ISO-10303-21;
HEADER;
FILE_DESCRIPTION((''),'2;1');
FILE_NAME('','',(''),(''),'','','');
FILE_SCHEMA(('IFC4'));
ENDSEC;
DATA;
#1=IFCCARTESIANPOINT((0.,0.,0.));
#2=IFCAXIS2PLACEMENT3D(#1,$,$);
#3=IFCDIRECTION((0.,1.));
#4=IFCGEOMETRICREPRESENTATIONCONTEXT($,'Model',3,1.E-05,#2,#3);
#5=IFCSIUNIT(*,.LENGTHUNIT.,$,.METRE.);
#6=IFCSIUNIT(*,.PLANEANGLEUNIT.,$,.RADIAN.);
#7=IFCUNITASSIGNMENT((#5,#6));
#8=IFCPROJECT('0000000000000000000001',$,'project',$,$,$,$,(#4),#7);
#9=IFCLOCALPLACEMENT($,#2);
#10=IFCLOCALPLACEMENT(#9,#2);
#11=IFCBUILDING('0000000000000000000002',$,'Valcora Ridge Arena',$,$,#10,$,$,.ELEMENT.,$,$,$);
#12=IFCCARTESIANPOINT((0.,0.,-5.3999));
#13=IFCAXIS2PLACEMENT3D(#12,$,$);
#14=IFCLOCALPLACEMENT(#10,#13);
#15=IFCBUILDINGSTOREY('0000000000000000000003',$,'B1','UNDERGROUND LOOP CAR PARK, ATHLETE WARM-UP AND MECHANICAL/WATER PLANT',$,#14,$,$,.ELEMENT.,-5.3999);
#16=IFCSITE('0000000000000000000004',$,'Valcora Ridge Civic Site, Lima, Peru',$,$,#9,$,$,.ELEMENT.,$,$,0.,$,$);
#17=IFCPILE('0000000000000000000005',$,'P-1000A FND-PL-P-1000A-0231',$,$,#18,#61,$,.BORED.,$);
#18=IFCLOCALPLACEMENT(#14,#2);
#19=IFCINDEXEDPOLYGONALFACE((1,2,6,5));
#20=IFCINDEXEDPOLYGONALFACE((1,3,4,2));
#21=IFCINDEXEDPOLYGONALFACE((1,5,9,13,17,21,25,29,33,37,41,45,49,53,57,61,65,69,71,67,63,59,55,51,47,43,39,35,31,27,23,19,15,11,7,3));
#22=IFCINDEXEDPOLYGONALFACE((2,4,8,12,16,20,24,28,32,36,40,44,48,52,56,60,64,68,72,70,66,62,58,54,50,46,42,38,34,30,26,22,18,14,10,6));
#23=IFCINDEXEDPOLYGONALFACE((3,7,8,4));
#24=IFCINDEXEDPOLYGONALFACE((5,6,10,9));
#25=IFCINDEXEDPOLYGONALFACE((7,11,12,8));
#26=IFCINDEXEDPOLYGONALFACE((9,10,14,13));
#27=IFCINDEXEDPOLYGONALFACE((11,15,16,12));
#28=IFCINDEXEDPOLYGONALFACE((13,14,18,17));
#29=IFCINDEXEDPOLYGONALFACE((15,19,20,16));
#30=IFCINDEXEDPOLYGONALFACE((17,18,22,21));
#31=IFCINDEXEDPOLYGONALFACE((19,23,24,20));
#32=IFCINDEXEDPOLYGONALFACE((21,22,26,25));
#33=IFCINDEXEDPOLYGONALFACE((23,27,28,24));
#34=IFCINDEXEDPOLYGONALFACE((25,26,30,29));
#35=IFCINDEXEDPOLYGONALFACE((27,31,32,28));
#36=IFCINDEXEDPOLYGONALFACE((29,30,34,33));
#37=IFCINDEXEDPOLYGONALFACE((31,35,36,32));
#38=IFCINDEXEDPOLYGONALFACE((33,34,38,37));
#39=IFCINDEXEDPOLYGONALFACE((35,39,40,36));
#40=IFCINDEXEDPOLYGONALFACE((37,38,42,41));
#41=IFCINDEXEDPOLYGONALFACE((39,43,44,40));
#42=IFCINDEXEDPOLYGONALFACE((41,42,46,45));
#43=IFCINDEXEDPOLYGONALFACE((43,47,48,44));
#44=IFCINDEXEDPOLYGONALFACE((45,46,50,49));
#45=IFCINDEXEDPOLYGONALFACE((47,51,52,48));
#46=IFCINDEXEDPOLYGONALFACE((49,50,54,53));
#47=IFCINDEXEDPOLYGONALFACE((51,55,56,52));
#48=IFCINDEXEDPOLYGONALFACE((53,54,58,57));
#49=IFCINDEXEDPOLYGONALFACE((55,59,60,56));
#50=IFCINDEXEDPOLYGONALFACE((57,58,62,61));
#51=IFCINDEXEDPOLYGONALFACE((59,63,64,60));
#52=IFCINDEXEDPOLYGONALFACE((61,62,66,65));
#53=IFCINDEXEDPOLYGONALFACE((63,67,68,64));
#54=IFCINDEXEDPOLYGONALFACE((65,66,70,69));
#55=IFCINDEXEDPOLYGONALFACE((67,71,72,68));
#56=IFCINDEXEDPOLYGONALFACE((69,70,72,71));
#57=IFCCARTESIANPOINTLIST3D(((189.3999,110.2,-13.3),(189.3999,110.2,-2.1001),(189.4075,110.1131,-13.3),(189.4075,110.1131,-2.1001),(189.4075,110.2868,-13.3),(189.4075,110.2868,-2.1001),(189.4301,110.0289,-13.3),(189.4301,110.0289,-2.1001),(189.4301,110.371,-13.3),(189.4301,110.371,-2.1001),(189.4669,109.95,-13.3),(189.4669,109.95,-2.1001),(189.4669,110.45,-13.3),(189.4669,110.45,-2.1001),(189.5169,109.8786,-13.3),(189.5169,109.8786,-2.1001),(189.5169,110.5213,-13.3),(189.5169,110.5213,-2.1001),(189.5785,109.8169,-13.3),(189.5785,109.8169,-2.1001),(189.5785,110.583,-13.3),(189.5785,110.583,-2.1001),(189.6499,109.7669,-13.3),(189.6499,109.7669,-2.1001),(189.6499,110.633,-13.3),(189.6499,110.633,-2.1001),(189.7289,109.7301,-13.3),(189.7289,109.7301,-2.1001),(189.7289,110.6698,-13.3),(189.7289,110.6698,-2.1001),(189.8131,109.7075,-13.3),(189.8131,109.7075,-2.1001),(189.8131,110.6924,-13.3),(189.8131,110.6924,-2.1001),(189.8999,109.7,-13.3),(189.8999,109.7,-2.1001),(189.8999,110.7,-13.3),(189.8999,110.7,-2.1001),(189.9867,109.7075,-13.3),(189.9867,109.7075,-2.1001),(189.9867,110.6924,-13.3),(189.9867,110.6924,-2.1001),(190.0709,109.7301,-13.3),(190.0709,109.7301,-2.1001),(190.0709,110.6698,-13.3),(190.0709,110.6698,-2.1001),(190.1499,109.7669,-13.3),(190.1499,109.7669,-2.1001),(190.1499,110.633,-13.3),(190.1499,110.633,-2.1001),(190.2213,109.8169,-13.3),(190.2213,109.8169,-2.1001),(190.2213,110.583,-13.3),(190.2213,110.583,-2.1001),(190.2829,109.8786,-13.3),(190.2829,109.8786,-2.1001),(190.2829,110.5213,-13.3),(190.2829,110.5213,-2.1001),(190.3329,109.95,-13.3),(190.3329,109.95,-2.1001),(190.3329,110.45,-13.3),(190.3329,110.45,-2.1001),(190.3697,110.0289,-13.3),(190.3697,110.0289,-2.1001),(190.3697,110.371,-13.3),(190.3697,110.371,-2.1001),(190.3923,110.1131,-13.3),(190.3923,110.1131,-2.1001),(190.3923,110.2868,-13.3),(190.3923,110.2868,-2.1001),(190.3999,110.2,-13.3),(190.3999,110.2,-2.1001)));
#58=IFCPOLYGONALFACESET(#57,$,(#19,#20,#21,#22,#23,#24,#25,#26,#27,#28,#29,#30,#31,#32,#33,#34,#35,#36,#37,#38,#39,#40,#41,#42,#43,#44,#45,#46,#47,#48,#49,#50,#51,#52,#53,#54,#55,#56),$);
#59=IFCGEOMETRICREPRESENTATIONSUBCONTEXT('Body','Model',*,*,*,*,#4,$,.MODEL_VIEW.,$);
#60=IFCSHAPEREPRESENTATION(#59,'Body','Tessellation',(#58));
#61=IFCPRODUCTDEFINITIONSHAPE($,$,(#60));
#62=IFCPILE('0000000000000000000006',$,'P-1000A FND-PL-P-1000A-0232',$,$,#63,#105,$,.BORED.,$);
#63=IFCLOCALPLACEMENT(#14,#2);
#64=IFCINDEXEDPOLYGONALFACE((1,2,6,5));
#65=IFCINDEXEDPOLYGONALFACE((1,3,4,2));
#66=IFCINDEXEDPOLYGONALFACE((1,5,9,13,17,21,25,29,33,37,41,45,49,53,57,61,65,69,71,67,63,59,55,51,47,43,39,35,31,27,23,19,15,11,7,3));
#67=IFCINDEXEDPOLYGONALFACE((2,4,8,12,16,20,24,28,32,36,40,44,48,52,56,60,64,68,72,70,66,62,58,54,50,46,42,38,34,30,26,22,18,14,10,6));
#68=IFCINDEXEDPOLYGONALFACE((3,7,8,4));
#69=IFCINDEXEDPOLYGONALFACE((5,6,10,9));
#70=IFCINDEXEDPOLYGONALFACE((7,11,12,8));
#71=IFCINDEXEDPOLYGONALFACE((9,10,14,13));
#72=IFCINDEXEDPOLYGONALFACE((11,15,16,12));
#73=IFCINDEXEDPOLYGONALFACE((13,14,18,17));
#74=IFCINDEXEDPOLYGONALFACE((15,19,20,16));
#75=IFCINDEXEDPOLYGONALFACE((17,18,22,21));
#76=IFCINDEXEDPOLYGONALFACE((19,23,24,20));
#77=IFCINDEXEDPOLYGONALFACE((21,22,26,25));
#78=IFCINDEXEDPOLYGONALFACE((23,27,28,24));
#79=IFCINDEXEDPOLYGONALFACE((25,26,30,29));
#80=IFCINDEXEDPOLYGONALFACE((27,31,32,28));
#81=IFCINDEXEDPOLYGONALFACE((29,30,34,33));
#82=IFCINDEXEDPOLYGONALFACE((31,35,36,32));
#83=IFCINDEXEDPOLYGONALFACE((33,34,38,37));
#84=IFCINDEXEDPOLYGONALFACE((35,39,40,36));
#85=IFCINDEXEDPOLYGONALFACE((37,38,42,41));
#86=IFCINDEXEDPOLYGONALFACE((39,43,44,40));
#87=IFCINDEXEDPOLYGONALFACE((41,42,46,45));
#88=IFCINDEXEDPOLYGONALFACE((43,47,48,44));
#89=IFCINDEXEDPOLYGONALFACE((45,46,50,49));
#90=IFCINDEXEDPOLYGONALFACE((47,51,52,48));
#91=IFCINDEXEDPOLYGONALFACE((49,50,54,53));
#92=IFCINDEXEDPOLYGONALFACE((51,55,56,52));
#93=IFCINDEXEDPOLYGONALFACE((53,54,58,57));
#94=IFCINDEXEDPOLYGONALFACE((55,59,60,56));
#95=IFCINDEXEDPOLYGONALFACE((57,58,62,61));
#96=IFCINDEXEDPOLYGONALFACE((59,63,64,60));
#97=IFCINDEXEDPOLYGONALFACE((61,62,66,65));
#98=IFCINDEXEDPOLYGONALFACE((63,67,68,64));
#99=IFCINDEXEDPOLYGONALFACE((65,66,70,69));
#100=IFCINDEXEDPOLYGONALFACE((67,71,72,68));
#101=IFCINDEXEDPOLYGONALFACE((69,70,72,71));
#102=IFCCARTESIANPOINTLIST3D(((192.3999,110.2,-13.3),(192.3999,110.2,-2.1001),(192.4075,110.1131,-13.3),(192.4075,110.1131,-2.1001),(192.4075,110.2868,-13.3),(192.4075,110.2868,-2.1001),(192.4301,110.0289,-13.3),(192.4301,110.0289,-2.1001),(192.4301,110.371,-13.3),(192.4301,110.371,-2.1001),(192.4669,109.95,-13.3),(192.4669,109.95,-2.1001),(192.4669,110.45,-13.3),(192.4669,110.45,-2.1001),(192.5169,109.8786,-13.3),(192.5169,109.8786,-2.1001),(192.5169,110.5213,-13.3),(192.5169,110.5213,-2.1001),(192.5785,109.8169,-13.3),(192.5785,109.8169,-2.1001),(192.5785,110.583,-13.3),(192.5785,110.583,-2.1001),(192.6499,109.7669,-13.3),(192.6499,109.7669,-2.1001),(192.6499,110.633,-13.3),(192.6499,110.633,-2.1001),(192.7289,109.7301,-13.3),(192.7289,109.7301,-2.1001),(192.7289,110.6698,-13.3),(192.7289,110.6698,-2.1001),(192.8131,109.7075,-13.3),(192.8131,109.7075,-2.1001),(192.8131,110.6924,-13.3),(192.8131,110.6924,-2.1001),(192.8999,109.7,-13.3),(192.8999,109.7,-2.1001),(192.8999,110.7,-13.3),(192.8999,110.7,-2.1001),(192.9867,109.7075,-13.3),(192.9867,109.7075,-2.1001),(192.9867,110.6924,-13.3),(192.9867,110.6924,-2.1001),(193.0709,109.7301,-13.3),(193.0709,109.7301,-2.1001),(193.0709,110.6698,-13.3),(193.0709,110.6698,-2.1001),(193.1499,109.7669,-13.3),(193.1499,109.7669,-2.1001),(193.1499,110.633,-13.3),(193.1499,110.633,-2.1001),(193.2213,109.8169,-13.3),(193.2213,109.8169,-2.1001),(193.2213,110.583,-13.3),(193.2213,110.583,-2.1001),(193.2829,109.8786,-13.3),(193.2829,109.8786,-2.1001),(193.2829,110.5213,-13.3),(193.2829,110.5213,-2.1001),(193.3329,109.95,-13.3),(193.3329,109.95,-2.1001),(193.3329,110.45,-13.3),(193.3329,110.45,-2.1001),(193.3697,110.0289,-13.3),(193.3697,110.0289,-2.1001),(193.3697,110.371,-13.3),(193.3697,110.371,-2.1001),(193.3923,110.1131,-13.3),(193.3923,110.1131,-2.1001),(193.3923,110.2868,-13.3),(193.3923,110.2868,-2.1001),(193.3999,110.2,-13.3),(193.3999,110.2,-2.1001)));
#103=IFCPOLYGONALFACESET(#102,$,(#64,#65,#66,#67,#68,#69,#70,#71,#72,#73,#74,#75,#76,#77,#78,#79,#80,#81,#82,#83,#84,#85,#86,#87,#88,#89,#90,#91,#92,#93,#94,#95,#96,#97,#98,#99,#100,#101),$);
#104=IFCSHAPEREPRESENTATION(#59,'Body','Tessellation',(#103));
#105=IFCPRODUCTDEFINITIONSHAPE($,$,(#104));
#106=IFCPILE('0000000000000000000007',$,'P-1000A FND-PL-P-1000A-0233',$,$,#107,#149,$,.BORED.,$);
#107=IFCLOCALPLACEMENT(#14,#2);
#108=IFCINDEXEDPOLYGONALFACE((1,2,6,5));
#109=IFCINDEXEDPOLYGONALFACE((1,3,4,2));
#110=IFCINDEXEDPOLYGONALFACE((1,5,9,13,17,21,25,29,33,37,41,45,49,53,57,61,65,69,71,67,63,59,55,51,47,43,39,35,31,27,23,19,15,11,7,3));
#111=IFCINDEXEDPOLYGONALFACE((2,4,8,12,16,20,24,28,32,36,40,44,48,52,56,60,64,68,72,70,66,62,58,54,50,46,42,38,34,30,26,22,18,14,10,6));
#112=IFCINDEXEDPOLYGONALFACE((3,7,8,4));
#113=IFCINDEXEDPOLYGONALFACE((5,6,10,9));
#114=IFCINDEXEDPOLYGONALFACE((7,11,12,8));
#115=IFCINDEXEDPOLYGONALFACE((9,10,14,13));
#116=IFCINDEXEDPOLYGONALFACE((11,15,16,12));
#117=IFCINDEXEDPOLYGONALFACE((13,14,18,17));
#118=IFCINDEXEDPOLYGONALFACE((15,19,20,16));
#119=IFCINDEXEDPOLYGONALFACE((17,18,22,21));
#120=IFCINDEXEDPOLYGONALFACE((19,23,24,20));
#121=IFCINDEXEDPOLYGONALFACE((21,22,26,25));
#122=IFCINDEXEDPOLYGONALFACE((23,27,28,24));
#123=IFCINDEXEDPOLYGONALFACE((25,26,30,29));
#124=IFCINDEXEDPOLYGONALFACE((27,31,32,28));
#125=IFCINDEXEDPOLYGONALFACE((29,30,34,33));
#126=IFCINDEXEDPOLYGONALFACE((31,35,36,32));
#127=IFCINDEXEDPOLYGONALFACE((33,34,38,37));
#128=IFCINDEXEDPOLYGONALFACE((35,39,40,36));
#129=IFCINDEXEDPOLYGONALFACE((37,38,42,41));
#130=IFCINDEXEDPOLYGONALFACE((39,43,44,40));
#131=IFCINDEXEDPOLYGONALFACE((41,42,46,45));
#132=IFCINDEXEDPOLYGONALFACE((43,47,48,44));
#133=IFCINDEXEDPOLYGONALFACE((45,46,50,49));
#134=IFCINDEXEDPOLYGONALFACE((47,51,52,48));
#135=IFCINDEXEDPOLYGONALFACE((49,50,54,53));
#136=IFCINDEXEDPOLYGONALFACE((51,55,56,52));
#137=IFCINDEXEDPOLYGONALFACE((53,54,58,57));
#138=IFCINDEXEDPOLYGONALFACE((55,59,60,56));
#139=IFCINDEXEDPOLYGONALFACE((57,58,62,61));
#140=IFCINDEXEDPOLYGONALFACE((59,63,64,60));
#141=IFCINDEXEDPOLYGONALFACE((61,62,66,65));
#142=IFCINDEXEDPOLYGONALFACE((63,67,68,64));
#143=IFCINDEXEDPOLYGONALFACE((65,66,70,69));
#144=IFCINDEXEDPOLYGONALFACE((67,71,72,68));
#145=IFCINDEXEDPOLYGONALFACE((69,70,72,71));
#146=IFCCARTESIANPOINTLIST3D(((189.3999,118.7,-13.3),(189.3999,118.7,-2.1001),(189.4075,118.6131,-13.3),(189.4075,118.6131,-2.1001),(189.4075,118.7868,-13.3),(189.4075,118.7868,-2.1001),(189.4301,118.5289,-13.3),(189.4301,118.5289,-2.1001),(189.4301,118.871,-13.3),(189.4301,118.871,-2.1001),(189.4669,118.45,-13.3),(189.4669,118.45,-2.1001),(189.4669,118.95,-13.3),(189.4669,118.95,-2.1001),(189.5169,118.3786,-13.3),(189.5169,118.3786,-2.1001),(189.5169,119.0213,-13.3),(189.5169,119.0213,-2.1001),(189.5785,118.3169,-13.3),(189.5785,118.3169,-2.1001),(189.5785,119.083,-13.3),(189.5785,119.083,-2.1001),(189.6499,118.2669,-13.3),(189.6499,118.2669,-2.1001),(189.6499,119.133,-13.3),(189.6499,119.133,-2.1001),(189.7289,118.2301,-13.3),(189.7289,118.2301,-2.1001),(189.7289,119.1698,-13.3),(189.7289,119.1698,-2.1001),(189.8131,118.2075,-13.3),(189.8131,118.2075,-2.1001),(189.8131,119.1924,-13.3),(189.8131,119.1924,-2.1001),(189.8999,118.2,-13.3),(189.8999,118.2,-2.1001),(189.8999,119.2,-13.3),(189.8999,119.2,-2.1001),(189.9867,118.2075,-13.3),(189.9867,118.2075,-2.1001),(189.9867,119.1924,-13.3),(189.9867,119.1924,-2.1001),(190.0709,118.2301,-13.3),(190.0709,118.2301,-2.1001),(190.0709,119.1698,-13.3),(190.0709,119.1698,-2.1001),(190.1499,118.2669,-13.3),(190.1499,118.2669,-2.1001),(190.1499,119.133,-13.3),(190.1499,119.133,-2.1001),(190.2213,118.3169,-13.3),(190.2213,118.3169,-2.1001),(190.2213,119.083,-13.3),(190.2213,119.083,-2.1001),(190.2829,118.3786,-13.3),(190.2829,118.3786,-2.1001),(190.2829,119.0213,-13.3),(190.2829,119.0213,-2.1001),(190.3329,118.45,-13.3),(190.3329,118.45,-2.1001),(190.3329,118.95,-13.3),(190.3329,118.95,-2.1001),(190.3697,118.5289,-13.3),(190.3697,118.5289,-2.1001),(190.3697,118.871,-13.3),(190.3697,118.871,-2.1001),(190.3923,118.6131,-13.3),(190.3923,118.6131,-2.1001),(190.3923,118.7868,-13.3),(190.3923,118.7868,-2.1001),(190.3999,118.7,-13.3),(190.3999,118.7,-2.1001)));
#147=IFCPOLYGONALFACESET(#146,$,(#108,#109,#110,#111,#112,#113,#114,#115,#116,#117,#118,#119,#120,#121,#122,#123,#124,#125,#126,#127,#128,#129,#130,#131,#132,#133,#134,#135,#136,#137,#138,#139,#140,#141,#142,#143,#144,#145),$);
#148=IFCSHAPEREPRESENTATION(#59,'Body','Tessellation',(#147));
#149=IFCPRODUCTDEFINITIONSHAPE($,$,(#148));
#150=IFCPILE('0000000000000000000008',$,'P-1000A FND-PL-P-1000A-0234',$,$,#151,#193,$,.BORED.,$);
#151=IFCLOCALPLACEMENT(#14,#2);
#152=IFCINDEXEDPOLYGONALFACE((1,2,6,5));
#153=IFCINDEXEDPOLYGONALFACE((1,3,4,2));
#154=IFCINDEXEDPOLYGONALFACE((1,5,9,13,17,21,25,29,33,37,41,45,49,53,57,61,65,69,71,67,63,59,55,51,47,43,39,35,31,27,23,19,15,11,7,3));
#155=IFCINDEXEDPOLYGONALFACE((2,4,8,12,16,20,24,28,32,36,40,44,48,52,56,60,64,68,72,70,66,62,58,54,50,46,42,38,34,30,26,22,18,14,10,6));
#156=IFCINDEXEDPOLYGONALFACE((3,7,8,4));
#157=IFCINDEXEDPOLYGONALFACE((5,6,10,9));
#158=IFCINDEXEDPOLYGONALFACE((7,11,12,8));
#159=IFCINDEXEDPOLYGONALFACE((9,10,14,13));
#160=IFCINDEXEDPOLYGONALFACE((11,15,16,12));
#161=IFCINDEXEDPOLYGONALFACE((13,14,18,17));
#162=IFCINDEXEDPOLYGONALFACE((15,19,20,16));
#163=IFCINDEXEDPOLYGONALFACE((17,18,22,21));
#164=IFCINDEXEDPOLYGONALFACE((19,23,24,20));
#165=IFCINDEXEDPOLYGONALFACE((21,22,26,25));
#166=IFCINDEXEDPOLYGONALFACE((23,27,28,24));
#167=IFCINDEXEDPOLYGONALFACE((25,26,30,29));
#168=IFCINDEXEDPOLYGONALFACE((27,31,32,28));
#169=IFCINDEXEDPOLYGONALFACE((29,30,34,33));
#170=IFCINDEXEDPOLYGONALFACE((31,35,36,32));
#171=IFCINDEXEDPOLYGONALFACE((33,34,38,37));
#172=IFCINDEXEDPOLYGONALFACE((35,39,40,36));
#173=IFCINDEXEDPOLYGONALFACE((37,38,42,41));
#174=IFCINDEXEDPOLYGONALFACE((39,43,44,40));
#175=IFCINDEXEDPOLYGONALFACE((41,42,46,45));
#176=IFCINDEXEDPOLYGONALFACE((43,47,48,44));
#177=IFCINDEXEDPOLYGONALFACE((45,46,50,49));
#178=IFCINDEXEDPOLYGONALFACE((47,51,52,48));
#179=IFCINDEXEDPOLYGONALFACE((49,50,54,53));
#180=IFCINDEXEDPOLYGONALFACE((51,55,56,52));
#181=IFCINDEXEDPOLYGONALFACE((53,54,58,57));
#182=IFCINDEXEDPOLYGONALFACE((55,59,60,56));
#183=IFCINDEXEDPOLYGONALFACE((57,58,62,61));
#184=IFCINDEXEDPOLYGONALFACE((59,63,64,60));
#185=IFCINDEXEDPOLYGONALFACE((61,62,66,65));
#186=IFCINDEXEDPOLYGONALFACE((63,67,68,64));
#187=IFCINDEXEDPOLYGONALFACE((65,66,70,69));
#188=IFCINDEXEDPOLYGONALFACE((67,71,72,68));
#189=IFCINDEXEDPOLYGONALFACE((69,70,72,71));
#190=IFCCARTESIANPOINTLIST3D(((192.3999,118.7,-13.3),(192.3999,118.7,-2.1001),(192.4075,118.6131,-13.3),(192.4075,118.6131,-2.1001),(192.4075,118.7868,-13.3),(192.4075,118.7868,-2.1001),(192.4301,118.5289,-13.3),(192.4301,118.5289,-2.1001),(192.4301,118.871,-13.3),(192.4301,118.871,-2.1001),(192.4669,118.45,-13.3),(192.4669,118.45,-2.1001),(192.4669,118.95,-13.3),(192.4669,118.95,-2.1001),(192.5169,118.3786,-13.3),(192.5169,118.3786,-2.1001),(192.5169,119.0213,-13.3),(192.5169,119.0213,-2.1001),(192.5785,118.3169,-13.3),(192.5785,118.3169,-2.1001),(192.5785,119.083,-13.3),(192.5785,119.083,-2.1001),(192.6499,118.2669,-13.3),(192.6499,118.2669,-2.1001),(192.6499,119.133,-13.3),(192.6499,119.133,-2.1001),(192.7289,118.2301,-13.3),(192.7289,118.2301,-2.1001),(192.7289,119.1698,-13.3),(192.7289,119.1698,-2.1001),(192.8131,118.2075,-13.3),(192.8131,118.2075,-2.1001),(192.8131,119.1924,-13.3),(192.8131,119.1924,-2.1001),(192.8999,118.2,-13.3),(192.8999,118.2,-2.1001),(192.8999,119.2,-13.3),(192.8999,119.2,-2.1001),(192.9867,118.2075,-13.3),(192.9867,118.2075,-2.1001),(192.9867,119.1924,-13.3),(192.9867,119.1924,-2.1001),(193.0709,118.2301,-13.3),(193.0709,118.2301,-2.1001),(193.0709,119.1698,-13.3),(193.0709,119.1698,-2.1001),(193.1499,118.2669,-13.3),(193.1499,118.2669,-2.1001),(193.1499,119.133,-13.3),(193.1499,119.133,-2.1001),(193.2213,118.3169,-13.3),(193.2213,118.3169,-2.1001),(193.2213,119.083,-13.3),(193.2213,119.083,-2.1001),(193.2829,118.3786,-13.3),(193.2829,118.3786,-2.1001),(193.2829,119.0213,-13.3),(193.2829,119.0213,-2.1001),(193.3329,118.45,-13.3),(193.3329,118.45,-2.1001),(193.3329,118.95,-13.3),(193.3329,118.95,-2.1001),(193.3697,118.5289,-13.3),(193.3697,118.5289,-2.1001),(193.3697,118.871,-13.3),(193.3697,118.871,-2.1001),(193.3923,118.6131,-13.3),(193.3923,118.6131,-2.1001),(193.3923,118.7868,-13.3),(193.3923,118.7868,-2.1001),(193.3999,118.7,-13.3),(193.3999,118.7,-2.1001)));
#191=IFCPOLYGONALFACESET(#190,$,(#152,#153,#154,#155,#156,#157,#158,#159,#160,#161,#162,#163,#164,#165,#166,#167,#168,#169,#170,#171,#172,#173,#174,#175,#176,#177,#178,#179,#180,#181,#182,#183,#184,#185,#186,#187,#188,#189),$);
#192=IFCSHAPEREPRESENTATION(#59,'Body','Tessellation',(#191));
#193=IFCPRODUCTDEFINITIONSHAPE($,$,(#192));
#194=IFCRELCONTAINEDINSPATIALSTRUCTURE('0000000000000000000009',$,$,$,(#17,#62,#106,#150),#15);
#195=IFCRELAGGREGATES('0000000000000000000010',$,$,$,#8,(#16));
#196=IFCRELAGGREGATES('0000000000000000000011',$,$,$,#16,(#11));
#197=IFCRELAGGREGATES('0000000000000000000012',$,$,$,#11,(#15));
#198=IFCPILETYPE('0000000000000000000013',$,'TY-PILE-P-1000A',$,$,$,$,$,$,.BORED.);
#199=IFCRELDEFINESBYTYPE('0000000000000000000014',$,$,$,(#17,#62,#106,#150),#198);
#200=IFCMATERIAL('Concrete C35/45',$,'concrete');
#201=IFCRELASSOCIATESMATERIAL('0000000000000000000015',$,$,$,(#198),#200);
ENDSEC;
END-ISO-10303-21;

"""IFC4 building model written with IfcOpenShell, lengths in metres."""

from ifc_helpers import new_model, si_unit, direction, frame, origin, origin_2d, place, context, subcontext, project, spatial, circle, extrude, material, material_profile, profile_set, type_object, element, save


model = new_model("IFC4")

# Units and contexts
model_context = context("Model", 3, precision=1e-05, world=origin(), true_north=direction((0.0, 1.0)))
body_context = subcontext(model_context, "Body", "Model", "MODEL_VIEW")
ifc_project = project(units=[si_unit("LENGTHUNIT", "METRE"), si_unit("PLANEANGLEUNIT", "RADIAN")], contexts=[model_context])

# Site, building, storey
site_placement = place(None, origin())
site = spatial("IfcSite", under=ifc_project, at=site_placement, Name="Valcora Ridge Civic Site, Lima, Peru", CompositionType="ELEMENT", RefElevation=0.0)
building_placement = place(site_placement, origin())
building = spatial("IfcBuilding", under=site, at=building_placement, Name="Valcora Ridge Arena", CompositionType="ELEMENT")
storey_placement = place(building_placement, frame((0.0, 0.0, -5.3999)))
storey = spatial("IfcBuildingStorey", under=building, at=storey_placement, Name="B1", Description="UNDERGROUND LOOP CAR PARK, ATHLETE WARM-UP AND MECHANICAL/WATER PLANT", CompositionType="ELEMENT", Elevation=-5.3999)

# Piles
ifc_material_1 = material(Name="Concrete C35/45", Category="concrete")
ifc_material_profile_1 = material_profile(ifc_material_1, circle(Radius=0.5, at=origin_2d()), Name="BORED PILE D1000")
ifc_profile_set_1 = profile_set([ifc_material_profile_1], Name="Concrete C35/45")
pile_type_1 = type_object("IfcPileType", Name="TY-PILE-P-1000A", PredefinedType="BORED", material=ifc_profile_set_1)
for number, where, z_axis, x_axis, name in (
    (1, (189.8999, 110.2, -2.1001), (0.0, 0.0, -1.0), (1.0, 0.0, 0.0), "P-1000A FND-PL-P-1000A-0231"),
    (2, (192.8999, 110.2, -2.1001), (0.0, 0.0, -1.0), (1.0, 0.0, 0.0), "P-1000A FND-PL-P-1000A-0232"),
    (3, (189.8999, 118.7, -2.1001), (0.0, 0.0, -1.0), (1.0, 0.0, 0.0), "P-1000A FND-PL-P-1000A-0233"),
    (4, (192.8999, 118.7, -2.1001), (0.0, 0.0, -1.0), (1.0, 0.0, 0.0), "P-1000A FND-PL-P-1000A-0234"),
):
    element("IfcPile", number, at=place(storey_placement, frame(where, z_axis=z_axis, x_axis=x_axis)), inside=storey, type_object=pile_type_1, Name=name, PredefinedType="BORED", context=body_context, shape_type="SweptSolid", body=[
        extrude(circle(Radius=0.5, at=origin_2d()), origin(), (0.0, 0.0, 1.0), 11.2),
    ])

save(model, "model.ifc")
